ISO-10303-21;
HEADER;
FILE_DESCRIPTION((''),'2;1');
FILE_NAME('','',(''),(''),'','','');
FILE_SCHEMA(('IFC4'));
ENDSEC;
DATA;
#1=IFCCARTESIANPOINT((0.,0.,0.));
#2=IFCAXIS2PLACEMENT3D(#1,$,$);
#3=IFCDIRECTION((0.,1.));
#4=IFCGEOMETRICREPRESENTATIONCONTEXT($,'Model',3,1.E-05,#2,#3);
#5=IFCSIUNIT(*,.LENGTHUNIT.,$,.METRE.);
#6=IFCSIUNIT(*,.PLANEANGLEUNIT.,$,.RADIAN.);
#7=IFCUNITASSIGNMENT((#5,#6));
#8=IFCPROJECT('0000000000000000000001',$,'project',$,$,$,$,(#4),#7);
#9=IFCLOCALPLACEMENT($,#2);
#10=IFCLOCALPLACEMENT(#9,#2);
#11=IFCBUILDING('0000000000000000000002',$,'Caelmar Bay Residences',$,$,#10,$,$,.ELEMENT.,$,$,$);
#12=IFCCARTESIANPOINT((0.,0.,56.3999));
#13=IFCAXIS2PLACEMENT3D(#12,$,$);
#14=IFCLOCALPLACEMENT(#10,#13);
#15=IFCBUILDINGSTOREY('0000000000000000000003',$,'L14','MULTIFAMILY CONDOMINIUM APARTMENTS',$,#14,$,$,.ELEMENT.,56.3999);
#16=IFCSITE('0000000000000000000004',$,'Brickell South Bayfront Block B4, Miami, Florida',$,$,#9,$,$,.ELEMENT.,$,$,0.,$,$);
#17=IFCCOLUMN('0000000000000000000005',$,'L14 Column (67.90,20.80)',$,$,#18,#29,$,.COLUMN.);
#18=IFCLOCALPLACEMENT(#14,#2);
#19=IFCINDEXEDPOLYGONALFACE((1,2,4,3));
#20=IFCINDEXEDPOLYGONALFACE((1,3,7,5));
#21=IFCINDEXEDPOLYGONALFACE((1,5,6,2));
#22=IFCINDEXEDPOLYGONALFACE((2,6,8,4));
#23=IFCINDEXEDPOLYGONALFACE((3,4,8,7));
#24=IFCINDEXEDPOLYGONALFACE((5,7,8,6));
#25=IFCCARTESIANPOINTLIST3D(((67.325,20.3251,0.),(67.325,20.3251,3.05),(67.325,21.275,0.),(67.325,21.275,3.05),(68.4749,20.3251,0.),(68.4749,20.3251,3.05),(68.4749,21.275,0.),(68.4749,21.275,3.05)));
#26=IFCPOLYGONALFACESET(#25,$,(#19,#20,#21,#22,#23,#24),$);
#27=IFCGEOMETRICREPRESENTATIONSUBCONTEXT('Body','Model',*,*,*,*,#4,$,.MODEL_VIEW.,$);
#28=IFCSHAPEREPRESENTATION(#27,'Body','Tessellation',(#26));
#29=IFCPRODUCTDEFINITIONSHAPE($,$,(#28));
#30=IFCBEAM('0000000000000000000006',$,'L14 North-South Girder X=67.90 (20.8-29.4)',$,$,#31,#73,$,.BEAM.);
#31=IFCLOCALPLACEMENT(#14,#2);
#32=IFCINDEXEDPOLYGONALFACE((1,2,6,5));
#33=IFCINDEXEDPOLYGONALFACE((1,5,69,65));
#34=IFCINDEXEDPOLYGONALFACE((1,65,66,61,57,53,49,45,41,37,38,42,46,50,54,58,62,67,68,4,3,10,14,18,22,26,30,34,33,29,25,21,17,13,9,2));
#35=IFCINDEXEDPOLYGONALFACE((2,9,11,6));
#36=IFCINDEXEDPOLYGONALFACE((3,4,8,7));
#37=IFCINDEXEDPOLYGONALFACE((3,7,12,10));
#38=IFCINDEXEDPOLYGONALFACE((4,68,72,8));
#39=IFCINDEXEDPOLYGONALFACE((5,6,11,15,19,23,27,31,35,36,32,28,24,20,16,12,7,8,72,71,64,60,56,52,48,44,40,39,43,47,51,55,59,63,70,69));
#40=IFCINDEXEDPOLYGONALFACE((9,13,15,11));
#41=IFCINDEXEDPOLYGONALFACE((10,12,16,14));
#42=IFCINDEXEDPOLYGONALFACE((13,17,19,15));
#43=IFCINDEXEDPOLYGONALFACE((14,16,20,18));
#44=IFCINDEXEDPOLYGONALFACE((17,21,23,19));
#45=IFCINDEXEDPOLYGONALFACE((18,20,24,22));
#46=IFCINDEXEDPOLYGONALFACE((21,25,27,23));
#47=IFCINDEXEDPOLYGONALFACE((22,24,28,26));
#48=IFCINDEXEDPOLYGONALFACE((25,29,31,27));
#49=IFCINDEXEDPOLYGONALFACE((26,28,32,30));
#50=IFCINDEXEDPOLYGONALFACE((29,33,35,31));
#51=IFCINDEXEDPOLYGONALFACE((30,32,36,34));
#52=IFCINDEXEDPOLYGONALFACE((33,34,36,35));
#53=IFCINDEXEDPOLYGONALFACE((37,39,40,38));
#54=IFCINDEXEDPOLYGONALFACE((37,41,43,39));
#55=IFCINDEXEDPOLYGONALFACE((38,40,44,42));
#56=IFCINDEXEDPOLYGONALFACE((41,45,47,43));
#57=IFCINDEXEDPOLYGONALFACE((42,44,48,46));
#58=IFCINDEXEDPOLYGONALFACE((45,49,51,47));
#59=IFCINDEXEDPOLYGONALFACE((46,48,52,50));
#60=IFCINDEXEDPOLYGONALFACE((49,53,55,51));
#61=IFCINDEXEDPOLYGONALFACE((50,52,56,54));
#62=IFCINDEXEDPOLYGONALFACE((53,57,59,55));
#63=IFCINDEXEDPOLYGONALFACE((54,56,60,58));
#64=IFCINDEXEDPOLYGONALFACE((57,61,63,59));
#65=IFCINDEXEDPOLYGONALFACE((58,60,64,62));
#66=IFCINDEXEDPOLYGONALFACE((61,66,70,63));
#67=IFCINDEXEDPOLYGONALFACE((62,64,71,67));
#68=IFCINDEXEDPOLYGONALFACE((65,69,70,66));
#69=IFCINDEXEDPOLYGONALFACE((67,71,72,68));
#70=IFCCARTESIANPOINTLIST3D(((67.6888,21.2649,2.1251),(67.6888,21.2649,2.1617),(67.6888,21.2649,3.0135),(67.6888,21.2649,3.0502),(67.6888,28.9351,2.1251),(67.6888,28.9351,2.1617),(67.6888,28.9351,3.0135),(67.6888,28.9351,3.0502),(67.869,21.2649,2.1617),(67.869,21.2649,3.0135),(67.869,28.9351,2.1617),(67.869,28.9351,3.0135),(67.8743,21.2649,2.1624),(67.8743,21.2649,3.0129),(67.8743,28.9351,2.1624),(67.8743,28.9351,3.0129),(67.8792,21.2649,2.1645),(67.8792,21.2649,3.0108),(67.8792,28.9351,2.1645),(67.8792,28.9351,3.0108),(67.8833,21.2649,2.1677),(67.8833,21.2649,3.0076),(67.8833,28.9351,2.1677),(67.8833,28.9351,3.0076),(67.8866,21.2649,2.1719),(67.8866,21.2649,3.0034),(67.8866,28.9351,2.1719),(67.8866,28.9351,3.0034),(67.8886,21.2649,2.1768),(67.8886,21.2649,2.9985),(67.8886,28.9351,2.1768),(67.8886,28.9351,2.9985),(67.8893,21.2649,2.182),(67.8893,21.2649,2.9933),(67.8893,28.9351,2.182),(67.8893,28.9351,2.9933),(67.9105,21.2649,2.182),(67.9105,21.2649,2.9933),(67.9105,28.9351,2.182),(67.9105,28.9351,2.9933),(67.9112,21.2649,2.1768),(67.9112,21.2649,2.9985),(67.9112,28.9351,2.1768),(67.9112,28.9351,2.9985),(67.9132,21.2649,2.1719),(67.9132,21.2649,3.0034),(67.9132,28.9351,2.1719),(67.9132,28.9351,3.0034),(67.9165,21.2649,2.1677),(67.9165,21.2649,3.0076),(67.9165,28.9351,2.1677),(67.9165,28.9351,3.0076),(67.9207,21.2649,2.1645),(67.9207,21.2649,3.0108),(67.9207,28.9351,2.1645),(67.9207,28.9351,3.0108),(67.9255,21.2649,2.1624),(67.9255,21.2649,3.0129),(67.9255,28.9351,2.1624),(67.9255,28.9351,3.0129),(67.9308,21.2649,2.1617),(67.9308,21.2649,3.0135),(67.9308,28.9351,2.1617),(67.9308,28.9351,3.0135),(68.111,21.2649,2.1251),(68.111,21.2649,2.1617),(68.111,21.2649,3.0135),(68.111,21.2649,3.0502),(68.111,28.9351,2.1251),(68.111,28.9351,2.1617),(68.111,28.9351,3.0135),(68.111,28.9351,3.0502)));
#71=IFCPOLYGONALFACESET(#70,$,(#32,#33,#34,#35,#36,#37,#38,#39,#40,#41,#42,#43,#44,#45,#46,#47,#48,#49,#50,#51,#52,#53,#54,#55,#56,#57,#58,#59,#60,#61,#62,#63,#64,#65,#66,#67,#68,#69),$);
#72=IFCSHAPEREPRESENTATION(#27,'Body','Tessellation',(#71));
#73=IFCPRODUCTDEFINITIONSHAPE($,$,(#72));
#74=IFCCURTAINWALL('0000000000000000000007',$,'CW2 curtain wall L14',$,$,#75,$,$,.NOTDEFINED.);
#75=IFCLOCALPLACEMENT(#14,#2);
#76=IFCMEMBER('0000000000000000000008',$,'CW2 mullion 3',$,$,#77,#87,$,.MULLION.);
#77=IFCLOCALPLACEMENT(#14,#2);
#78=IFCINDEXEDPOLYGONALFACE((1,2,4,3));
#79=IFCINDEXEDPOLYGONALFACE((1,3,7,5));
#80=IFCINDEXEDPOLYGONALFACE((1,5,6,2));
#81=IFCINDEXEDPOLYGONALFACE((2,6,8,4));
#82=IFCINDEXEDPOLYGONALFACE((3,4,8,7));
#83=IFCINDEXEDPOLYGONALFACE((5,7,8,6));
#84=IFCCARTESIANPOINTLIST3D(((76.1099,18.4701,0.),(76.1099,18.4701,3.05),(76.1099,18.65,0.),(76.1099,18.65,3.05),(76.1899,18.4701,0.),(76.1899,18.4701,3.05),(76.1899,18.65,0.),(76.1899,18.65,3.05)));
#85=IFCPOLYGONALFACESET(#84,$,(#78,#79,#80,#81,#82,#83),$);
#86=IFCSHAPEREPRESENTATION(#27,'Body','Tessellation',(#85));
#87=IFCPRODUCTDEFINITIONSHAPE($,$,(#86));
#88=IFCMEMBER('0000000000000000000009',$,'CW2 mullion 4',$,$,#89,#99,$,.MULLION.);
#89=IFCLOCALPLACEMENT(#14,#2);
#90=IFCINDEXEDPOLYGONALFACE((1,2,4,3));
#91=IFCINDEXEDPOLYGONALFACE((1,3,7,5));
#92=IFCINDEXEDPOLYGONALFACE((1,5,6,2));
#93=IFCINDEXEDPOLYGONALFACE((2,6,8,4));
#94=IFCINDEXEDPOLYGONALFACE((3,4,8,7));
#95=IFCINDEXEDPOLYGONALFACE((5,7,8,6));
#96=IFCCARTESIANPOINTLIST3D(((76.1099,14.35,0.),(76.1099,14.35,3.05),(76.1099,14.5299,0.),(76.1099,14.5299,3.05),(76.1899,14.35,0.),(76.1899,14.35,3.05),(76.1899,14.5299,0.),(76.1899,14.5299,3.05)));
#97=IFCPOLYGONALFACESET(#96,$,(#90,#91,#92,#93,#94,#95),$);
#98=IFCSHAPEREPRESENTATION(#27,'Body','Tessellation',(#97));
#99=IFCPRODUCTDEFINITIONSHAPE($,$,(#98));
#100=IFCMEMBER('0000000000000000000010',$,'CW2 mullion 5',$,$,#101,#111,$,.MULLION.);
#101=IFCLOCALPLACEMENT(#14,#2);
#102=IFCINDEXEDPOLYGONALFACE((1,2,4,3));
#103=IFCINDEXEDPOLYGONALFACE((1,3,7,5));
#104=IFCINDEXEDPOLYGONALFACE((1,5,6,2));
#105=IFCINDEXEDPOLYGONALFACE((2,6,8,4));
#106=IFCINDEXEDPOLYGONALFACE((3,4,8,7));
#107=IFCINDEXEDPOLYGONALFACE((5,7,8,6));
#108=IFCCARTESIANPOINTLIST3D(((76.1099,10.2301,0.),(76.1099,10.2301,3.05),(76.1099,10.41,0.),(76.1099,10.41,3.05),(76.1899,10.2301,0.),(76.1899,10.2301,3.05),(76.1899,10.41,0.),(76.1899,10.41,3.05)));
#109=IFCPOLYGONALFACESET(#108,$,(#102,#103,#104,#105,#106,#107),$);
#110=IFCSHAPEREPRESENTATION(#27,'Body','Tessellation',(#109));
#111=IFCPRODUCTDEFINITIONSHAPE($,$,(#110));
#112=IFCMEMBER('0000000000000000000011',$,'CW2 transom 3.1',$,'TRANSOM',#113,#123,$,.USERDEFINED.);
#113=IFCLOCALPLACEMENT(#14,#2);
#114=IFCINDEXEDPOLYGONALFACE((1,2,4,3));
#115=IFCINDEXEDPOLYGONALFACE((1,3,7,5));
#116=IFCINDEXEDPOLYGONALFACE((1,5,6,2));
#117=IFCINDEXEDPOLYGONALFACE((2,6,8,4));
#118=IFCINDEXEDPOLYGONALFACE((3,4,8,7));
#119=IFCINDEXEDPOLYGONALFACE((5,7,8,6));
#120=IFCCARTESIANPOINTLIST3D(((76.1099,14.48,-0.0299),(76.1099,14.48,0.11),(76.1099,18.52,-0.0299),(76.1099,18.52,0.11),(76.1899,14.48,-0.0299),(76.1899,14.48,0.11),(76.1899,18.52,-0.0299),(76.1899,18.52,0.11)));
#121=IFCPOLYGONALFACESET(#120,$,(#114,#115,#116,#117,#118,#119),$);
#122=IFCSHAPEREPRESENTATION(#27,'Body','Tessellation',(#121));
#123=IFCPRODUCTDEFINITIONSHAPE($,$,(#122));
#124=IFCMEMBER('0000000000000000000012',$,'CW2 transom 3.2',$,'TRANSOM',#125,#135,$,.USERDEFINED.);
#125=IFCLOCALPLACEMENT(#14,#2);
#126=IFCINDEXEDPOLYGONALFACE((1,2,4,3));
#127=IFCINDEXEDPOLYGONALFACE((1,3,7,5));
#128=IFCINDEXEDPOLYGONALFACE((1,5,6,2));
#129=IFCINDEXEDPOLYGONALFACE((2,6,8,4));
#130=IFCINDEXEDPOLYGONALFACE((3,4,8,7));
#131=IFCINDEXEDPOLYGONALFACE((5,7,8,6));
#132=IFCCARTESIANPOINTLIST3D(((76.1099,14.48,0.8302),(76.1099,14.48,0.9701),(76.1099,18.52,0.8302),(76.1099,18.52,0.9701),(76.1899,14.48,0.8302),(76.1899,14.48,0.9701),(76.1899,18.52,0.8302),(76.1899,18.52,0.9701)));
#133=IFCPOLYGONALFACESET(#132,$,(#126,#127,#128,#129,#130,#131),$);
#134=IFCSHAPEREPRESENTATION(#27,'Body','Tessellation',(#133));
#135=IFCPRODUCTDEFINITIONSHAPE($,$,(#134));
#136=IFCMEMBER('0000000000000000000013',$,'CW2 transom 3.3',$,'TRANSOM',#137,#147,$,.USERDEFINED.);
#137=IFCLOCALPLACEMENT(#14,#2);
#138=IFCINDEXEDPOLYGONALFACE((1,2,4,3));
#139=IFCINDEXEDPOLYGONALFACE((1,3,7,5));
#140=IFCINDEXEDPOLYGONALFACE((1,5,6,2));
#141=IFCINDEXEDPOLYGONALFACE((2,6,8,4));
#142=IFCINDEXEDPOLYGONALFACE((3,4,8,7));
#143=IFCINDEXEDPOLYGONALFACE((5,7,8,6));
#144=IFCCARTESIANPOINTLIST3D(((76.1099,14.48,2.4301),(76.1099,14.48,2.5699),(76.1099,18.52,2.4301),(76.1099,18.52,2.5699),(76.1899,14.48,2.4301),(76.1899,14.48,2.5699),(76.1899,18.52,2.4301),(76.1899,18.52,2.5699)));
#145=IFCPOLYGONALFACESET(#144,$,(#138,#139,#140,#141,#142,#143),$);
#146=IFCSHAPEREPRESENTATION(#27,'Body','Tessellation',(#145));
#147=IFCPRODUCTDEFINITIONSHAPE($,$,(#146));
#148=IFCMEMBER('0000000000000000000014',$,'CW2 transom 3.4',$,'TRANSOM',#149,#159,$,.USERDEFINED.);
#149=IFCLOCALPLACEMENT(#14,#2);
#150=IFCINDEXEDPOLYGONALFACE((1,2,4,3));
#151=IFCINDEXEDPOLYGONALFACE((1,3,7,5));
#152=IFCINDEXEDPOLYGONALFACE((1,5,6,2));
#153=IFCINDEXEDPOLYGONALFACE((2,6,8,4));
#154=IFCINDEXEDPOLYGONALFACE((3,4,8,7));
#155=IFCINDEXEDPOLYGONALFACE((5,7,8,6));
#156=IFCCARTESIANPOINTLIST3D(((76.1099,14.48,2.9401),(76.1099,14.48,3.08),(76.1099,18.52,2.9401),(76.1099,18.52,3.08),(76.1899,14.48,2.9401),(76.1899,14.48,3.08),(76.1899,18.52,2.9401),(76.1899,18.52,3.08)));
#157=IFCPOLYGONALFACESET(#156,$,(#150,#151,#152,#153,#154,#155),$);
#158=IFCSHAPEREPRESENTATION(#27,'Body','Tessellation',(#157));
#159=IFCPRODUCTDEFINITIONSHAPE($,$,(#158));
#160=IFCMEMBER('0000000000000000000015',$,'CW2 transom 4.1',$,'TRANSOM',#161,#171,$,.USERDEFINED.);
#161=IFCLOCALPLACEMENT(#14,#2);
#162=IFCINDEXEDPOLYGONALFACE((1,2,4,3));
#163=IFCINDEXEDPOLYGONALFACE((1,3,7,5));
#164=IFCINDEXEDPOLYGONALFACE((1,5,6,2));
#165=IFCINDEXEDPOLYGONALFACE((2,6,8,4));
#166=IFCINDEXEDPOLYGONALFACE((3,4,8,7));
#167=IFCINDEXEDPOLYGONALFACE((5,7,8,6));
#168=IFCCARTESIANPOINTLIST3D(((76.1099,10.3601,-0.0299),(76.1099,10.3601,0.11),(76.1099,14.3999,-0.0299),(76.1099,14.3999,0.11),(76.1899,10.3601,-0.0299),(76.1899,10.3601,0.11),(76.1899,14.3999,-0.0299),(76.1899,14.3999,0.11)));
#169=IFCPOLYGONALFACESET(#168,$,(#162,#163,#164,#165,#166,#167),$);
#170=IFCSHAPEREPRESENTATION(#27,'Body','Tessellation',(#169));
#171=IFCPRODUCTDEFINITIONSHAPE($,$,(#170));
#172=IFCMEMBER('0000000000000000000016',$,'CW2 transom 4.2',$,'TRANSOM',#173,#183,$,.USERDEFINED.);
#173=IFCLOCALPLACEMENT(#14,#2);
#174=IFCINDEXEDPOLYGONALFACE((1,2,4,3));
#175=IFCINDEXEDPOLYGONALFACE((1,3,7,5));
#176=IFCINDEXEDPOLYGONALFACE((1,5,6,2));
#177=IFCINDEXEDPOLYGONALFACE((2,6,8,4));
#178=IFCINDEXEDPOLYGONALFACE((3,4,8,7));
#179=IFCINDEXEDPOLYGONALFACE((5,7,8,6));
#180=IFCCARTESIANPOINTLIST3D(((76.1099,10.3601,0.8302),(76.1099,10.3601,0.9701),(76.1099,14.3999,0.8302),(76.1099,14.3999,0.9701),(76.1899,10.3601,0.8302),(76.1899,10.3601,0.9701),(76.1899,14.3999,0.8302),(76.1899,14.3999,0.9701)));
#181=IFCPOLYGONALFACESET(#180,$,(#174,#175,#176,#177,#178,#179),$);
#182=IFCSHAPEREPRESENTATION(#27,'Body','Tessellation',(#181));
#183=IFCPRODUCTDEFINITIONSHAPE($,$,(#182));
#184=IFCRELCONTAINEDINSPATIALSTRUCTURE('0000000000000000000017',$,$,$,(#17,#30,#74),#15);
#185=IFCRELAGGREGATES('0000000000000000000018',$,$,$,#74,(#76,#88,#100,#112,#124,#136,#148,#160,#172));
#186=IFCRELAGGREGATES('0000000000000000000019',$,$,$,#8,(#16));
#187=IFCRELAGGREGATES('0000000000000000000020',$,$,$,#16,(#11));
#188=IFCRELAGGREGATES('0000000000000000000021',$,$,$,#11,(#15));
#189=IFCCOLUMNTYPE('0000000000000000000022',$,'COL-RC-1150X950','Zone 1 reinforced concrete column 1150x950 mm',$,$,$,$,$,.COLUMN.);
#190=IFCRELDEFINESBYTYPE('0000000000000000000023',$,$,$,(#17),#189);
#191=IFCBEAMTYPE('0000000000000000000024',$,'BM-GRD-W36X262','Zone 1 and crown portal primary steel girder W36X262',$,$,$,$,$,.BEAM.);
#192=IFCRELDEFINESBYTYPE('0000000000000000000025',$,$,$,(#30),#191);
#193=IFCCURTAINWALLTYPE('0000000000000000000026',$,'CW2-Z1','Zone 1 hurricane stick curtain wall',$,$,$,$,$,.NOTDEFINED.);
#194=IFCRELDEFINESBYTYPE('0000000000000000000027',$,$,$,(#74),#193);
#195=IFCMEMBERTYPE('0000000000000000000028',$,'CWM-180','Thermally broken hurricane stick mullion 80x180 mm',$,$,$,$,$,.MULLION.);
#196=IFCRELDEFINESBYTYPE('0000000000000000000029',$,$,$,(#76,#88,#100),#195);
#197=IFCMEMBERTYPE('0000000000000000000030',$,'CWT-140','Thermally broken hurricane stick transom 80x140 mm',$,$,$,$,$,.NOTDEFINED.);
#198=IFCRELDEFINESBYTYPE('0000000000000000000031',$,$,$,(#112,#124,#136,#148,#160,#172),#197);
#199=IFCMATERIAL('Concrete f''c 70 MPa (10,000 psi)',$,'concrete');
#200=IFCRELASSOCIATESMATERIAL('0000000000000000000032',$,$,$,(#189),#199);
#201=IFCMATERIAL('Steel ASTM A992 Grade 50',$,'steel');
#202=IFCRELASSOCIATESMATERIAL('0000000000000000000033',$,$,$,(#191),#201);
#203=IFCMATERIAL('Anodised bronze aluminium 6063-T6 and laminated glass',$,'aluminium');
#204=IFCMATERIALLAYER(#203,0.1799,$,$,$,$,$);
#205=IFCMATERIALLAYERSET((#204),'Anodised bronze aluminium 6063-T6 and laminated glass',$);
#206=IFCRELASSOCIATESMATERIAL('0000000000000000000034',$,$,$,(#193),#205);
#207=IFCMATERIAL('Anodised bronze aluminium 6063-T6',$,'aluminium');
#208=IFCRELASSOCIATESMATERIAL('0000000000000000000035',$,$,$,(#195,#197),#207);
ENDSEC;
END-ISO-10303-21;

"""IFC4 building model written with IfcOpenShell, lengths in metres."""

from ifc_helpers import new_model, si_unit, direction, frame, origin, origin_2d, place, context, subcontext, project, spatial, rectangle, i_section, extrude, material, layer, layer_set, material_profile, profile_set, type_object, element, aggregate, save


model = new_model("IFC4")

# Units and contexts
model_context = context("Model", 3, precision=1e-05, world=origin(), true_north=direction((0.0, 1.0)))
body_context = subcontext(model_context, "Body", "Model", "MODEL_VIEW")
ifc_project = project(units=[si_unit("LENGTHUNIT", "METRE"), si_unit("PLANEANGLEUNIT", "RADIAN")], contexts=[model_context])

# Site, building, storey
site_placement = place(None, origin())
site = spatial("IfcSite", under=ifc_project, at=site_placement, Name="Brickell South Bayfront Block B4, Miami, Florida", CompositionType="ELEMENT", RefElevation=0.0)
building_placement = place(site_placement, origin())
building = spatial("IfcBuilding", under=site, at=building_placement, Name="Caelmar Bay Residences", CompositionType="ELEMENT")
storey_placement = place(building_placement, frame((0.0, 0.0, 56.3999)))
storey = spatial("IfcBuildingStorey", under=building, at=storey_placement, Name="L14", Description="MULTIFAMILY CONDOMINIUM APARTMENTS", CompositionType="ELEMENT", Elevation=56.3999)

# Column
ifc_material_1 = material(Name="Concrete f'c 70 MPa (10,000 psi)", Category="concrete")
ifc_material_profile_1 = material_profile(ifc_material_1, rectangle(XDim=1.1499, YDim=0.95, at=origin_2d()), Name="RC-COL-1150X950")
ifc_profile_set_1 = profile_set([ifc_material_profile_1], Name="Concrete f'c 70 MPa (10,000 psi)")
column_type = type_object("IfcColumnType", Name="COL-RC-1150X950", Description="Zone 1 reinforced concrete column 1150x950 mm", PredefinedType="COLUMN", material=ifc_profile_set_1)
column_placement = place(storey_placement, frame((67.8999, 20.8, 0.0), z_axis=(0.0, 0.0, 1.0), x_axis=(1.0, 0.0, 0.0)))
element("IfcColumn", 1, at=column_placement, inside=storey, type_object=column_type, Name="L14 Column (67.90,20.80)", PredefinedType="COLUMN", context=body_context, shape_type="SweptSolid", body=[
    extrude(rectangle(XDim=1.1499, YDim=0.95, at=origin_2d()), origin(), (0.0, 0.0, 1.0), 3.05),
])

# Beam
ifc_material_2 = material(Name="Steel ASTM A992 Grade 50", Category="steel")
ifc_material_profile_2 = material_profile(ifc_material_2, i_section(OverallWidth=0.4221, OverallDepth=0.925, WebThickness=0.0212, FlangeThickness=0.0366, FilletRadius=0.0203, at=origin_2d()), Name="W36X262")
ifc_profile_set_2 = profile_set([ifc_material_profile_2], Name="Steel ASTM A992 Grade 50")
beam_type = type_object("IfcBeamType", Name="BM-GRD-W36X262", Description="Zone 1 and crown portal primary steel girder W36X262", PredefinedType="BEAM", material=ifc_profile_set_2)
beam_placement = place(storey_placement, frame((67.8999, 21.2649, 2.5876), z_axis=(0.0, 1.0, 0.0), x_axis=(-1.0, 0.0, 0.0)))
element("IfcBeam", 2, at=beam_placement, inside=storey, type_object=beam_type, Name="L14 North-South Girder X=67.90 (20.8-29.4)", PredefinedType="BEAM", context=body_context, shape_type="SweptSolid", body=[
    extrude(i_section(OverallWidth=0.4221, OverallDepth=0.925, WebThickness=0.0212, FlangeThickness=0.0366, FilletRadius=0.0203, at=origin_2d()), origin(), (0.0, 0.0, 1.0), 7.6702),
])

# Curtain wall, members
ifc_material_3 = material(Name="Anodised bronze aluminium 6063-T6 and laminated glass", Category="aluminium")
ifc_layer_1 = layer(ifc_material_3, 0.1799)
ifc_layer_set_1 = layer_set([ifc_layer_1], Name="Anodised bronze aluminium 6063-T6 and laminated glass")
curtain_wall_type = type_object("IfcCurtainWallType", Name="CW2-Z1", Description="Zone 1 hurricane stick curtain wall", PredefinedType="NOTDEFINED", material=ifc_layer_set_1)
curtain_wall_placement = place(storey_placement, origin())
curtain_wall = element("IfcCurtainWall", 3, at=curtain_wall_placement, inside=storey, type_object=curtain_wall_type, Name="CW2 curtain wall L14", PredefinedType="NOTDEFINED")
ifc_material_4 = material(Name="Anodised bronze aluminium 6063-T6", Category="aluminium")
ifc_material_profile_3 = material_profile(ifc_material_4, rectangle(XDim=0.0801, YDim=0.1799, at=origin_2d()), Name="CWM-80X180")
ifc_profile_set_3 = profile_set([ifc_material_profile_3], Name="Anodised bronze aluminium 6063-T6")
member_type_1 = type_object("IfcMemberType", Name="CWM-180", Description="Thermally broken hurricane stick mullion 80x180 mm", PredefinedType="MULLION", material=ifc_profile_set_3)
member_1_placement = place(storey_placement, frame((76.1499, 18.5601, 0.0), z_axis=(0.0, 0.0, 1.0), x_axis=(1.0, 0.0, 0.0)))
member_1 = element("IfcMember", 4, at=member_1_placement, type_object=member_type_1, Name="CW2 mullion 3", PredefinedType="MULLION", context=body_context, shape_type="SweptSolid", body=[
    extrude(rectangle(XDim=0.0801, YDim=0.1799, at=origin_2d()), origin(), (0.0, 0.0, 1.0), 3.05),
])
member_2_placement = place(storey_placement, frame((76.1499, 14.4399, 0.0), z_axis=(0.0, 0.0, 1.0), x_axis=(1.0, 0.0, 0.0)))
member_2 = element("IfcMember", 5, at=member_2_placement, type_object=member_type_1, Name="CW2 mullion 4", PredefinedType="MULLION", context=body_context, shape_type="SweptSolid", body=[
    extrude(rectangle(XDim=0.0801, YDim=0.1799, at=origin_2d()), origin(), (0.0, 0.0, 1.0), 3.05),
])
member_3_placement = place(storey_placement, frame((76.1499, 10.3201, 0.0), z_axis=(0.0, 0.0, 1.0), x_axis=(1.0, 0.0, 0.0)))
member_3 = element("IfcMember", 6, at=member_3_placement, type_object=member_type_1, Name="CW2 mullion 5", PredefinedType="MULLION", context=body_context, shape_type="SweptSolid", body=[
    extrude(rectangle(XDim=0.0801, YDim=0.1799, at=origin_2d()), origin(), (0.0, 0.0, 1.0), 3.05),
])
ifc_material_profile_4 = material_profile(ifc_material_4, rectangle(XDim=0.0801, YDim=0.1399, at=origin_2d()), Name="CWT-80X140")
ifc_profile_set_4 = profile_set([ifc_material_profile_4], Name="Anodised bronze aluminium 6063-T6")
member_type_2 = type_object("IfcMemberType", Name="CWT-140", Description="Thermally broken hurricane stick transom 80x140 mm", PredefinedType="NOTDEFINED", material=ifc_profile_set_4)
member_4_placement = place(storey_placement, frame((76.1499, 18.52, 0.04), z_axis=(0.0, -1.0, 0.0), x_axis=(1.0, 0.0, 0.0)))
member_4 = element("IfcMember", 7, at=member_4_placement, type_object=member_type_2, Name="CW2 transom 3.1", ObjectType="TRANSOM", PredefinedType="USERDEFINED", context=body_context, shape_type="SweptSolid", body=[
    extrude(rectangle(XDim=0.0801, YDim=0.1399, at=origin_2d()), origin(), (0.0, 0.0, 1.0), 4.04),
])
member_5_placement = place(storey_placement, frame((76.1499, 18.52, 0.9001), z_axis=(0.0, -1.0, 0.0), x_axis=(1.0, 0.0, 0.0)))
member_5 = element("IfcMember", 8, at=member_5_placement, type_object=member_type_2, Name="CW2 transom 3.2", ObjectType="TRANSOM", PredefinedType="USERDEFINED", context=body_context, shape_type="SweptSolid", body=[
    extrude(rectangle(XDim=0.0801, YDim=0.1399, at=origin_2d()), origin(), (0.0, 0.0, 1.0), 4.04),
])
member_6_placement = place(storey_placement, frame((76.1499, 18.52, 2.5), z_axis=(0.0, -1.0, 0.0), x_axis=(1.0, 0.0, 0.0)))
member_6 = element("IfcMember", 9, at=member_6_placement, type_object=member_type_2, Name="CW2 transom 3.3", ObjectType="TRANSOM", PredefinedType="USERDEFINED", context=body_context, shape_type="SweptSolid", body=[
    extrude(rectangle(XDim=0.0801, YDim=0.1399, at=origin_2d()), origin(), (0.0, 0.0, 1.0), 4.04),
])
member_7_placement = place(storey_placement, frame((76.1499, 18.52, 3.01), z_axis=(0.0, -1.0, 0.0), x_axis=(1.0, 0.0, 0.0)))
member_7 = element("IfcMember", 10, at=member_7_placement, type_object=member_type_2, Name="CW2 transom 3.4", ObjectType="TRANSOM", PredefinedType="USERDEFINED", context=body_context, shape_type="SweptSolid", body=[
    extrude(rectangle(XDim=0.0801, YDim=0.1399, at=origin_2d()), origin(), (0.0, 0.0, 1.0), 4.04),
])
member_8_placement = place(storey_placement, frame((76.1499, 14.3999, 0.04), z_axis=(0.0, -1.0, 0.0), x_axis=(1.0, 0.0, 0.0)))
member_8 = element("IfcMember", 11, at=member_8_placement, type_object=member_type_2, Name="CW2 transom 4.1", ObjectType="TRANSOM", PredefinedType="USERDEFINED", context=body_context, shape_type="SweptSolid", body=[
    extrude(rectangle(XDim=0.0801, YDim=0.1399, at=origin_2d()), origin(), (0.0, 0.0, 1.0), 4.0398),
])
member_9_placement = place(storey_placement, frame((76.1499, 14.3999, 0.9001), z_axis=(0.0, -1.0, 0.0), x_axis=(1.0, 0.0, 0.0)))
member_9 = element("IfcMember", 12, at=member_9_placement, type_object=member_type_2, Name="CW2 transom 4.2", ObjectType="TRANSOM", PredefinedType="USERDEFINED", context=body_context, shape_type="SweptSolid", body=[
    extrude(rectangle(XDim=0.0801, YDim=0.1399, at=origin_2d()), origin(), (0.0, 0.0, 1.0), 4.0398),
])
aggregate(curtain_wall, [member_1, member_2, member_3, member_4, member_5, member_6, member_7, member_8, member_9])

save(model, "model.ifc")
